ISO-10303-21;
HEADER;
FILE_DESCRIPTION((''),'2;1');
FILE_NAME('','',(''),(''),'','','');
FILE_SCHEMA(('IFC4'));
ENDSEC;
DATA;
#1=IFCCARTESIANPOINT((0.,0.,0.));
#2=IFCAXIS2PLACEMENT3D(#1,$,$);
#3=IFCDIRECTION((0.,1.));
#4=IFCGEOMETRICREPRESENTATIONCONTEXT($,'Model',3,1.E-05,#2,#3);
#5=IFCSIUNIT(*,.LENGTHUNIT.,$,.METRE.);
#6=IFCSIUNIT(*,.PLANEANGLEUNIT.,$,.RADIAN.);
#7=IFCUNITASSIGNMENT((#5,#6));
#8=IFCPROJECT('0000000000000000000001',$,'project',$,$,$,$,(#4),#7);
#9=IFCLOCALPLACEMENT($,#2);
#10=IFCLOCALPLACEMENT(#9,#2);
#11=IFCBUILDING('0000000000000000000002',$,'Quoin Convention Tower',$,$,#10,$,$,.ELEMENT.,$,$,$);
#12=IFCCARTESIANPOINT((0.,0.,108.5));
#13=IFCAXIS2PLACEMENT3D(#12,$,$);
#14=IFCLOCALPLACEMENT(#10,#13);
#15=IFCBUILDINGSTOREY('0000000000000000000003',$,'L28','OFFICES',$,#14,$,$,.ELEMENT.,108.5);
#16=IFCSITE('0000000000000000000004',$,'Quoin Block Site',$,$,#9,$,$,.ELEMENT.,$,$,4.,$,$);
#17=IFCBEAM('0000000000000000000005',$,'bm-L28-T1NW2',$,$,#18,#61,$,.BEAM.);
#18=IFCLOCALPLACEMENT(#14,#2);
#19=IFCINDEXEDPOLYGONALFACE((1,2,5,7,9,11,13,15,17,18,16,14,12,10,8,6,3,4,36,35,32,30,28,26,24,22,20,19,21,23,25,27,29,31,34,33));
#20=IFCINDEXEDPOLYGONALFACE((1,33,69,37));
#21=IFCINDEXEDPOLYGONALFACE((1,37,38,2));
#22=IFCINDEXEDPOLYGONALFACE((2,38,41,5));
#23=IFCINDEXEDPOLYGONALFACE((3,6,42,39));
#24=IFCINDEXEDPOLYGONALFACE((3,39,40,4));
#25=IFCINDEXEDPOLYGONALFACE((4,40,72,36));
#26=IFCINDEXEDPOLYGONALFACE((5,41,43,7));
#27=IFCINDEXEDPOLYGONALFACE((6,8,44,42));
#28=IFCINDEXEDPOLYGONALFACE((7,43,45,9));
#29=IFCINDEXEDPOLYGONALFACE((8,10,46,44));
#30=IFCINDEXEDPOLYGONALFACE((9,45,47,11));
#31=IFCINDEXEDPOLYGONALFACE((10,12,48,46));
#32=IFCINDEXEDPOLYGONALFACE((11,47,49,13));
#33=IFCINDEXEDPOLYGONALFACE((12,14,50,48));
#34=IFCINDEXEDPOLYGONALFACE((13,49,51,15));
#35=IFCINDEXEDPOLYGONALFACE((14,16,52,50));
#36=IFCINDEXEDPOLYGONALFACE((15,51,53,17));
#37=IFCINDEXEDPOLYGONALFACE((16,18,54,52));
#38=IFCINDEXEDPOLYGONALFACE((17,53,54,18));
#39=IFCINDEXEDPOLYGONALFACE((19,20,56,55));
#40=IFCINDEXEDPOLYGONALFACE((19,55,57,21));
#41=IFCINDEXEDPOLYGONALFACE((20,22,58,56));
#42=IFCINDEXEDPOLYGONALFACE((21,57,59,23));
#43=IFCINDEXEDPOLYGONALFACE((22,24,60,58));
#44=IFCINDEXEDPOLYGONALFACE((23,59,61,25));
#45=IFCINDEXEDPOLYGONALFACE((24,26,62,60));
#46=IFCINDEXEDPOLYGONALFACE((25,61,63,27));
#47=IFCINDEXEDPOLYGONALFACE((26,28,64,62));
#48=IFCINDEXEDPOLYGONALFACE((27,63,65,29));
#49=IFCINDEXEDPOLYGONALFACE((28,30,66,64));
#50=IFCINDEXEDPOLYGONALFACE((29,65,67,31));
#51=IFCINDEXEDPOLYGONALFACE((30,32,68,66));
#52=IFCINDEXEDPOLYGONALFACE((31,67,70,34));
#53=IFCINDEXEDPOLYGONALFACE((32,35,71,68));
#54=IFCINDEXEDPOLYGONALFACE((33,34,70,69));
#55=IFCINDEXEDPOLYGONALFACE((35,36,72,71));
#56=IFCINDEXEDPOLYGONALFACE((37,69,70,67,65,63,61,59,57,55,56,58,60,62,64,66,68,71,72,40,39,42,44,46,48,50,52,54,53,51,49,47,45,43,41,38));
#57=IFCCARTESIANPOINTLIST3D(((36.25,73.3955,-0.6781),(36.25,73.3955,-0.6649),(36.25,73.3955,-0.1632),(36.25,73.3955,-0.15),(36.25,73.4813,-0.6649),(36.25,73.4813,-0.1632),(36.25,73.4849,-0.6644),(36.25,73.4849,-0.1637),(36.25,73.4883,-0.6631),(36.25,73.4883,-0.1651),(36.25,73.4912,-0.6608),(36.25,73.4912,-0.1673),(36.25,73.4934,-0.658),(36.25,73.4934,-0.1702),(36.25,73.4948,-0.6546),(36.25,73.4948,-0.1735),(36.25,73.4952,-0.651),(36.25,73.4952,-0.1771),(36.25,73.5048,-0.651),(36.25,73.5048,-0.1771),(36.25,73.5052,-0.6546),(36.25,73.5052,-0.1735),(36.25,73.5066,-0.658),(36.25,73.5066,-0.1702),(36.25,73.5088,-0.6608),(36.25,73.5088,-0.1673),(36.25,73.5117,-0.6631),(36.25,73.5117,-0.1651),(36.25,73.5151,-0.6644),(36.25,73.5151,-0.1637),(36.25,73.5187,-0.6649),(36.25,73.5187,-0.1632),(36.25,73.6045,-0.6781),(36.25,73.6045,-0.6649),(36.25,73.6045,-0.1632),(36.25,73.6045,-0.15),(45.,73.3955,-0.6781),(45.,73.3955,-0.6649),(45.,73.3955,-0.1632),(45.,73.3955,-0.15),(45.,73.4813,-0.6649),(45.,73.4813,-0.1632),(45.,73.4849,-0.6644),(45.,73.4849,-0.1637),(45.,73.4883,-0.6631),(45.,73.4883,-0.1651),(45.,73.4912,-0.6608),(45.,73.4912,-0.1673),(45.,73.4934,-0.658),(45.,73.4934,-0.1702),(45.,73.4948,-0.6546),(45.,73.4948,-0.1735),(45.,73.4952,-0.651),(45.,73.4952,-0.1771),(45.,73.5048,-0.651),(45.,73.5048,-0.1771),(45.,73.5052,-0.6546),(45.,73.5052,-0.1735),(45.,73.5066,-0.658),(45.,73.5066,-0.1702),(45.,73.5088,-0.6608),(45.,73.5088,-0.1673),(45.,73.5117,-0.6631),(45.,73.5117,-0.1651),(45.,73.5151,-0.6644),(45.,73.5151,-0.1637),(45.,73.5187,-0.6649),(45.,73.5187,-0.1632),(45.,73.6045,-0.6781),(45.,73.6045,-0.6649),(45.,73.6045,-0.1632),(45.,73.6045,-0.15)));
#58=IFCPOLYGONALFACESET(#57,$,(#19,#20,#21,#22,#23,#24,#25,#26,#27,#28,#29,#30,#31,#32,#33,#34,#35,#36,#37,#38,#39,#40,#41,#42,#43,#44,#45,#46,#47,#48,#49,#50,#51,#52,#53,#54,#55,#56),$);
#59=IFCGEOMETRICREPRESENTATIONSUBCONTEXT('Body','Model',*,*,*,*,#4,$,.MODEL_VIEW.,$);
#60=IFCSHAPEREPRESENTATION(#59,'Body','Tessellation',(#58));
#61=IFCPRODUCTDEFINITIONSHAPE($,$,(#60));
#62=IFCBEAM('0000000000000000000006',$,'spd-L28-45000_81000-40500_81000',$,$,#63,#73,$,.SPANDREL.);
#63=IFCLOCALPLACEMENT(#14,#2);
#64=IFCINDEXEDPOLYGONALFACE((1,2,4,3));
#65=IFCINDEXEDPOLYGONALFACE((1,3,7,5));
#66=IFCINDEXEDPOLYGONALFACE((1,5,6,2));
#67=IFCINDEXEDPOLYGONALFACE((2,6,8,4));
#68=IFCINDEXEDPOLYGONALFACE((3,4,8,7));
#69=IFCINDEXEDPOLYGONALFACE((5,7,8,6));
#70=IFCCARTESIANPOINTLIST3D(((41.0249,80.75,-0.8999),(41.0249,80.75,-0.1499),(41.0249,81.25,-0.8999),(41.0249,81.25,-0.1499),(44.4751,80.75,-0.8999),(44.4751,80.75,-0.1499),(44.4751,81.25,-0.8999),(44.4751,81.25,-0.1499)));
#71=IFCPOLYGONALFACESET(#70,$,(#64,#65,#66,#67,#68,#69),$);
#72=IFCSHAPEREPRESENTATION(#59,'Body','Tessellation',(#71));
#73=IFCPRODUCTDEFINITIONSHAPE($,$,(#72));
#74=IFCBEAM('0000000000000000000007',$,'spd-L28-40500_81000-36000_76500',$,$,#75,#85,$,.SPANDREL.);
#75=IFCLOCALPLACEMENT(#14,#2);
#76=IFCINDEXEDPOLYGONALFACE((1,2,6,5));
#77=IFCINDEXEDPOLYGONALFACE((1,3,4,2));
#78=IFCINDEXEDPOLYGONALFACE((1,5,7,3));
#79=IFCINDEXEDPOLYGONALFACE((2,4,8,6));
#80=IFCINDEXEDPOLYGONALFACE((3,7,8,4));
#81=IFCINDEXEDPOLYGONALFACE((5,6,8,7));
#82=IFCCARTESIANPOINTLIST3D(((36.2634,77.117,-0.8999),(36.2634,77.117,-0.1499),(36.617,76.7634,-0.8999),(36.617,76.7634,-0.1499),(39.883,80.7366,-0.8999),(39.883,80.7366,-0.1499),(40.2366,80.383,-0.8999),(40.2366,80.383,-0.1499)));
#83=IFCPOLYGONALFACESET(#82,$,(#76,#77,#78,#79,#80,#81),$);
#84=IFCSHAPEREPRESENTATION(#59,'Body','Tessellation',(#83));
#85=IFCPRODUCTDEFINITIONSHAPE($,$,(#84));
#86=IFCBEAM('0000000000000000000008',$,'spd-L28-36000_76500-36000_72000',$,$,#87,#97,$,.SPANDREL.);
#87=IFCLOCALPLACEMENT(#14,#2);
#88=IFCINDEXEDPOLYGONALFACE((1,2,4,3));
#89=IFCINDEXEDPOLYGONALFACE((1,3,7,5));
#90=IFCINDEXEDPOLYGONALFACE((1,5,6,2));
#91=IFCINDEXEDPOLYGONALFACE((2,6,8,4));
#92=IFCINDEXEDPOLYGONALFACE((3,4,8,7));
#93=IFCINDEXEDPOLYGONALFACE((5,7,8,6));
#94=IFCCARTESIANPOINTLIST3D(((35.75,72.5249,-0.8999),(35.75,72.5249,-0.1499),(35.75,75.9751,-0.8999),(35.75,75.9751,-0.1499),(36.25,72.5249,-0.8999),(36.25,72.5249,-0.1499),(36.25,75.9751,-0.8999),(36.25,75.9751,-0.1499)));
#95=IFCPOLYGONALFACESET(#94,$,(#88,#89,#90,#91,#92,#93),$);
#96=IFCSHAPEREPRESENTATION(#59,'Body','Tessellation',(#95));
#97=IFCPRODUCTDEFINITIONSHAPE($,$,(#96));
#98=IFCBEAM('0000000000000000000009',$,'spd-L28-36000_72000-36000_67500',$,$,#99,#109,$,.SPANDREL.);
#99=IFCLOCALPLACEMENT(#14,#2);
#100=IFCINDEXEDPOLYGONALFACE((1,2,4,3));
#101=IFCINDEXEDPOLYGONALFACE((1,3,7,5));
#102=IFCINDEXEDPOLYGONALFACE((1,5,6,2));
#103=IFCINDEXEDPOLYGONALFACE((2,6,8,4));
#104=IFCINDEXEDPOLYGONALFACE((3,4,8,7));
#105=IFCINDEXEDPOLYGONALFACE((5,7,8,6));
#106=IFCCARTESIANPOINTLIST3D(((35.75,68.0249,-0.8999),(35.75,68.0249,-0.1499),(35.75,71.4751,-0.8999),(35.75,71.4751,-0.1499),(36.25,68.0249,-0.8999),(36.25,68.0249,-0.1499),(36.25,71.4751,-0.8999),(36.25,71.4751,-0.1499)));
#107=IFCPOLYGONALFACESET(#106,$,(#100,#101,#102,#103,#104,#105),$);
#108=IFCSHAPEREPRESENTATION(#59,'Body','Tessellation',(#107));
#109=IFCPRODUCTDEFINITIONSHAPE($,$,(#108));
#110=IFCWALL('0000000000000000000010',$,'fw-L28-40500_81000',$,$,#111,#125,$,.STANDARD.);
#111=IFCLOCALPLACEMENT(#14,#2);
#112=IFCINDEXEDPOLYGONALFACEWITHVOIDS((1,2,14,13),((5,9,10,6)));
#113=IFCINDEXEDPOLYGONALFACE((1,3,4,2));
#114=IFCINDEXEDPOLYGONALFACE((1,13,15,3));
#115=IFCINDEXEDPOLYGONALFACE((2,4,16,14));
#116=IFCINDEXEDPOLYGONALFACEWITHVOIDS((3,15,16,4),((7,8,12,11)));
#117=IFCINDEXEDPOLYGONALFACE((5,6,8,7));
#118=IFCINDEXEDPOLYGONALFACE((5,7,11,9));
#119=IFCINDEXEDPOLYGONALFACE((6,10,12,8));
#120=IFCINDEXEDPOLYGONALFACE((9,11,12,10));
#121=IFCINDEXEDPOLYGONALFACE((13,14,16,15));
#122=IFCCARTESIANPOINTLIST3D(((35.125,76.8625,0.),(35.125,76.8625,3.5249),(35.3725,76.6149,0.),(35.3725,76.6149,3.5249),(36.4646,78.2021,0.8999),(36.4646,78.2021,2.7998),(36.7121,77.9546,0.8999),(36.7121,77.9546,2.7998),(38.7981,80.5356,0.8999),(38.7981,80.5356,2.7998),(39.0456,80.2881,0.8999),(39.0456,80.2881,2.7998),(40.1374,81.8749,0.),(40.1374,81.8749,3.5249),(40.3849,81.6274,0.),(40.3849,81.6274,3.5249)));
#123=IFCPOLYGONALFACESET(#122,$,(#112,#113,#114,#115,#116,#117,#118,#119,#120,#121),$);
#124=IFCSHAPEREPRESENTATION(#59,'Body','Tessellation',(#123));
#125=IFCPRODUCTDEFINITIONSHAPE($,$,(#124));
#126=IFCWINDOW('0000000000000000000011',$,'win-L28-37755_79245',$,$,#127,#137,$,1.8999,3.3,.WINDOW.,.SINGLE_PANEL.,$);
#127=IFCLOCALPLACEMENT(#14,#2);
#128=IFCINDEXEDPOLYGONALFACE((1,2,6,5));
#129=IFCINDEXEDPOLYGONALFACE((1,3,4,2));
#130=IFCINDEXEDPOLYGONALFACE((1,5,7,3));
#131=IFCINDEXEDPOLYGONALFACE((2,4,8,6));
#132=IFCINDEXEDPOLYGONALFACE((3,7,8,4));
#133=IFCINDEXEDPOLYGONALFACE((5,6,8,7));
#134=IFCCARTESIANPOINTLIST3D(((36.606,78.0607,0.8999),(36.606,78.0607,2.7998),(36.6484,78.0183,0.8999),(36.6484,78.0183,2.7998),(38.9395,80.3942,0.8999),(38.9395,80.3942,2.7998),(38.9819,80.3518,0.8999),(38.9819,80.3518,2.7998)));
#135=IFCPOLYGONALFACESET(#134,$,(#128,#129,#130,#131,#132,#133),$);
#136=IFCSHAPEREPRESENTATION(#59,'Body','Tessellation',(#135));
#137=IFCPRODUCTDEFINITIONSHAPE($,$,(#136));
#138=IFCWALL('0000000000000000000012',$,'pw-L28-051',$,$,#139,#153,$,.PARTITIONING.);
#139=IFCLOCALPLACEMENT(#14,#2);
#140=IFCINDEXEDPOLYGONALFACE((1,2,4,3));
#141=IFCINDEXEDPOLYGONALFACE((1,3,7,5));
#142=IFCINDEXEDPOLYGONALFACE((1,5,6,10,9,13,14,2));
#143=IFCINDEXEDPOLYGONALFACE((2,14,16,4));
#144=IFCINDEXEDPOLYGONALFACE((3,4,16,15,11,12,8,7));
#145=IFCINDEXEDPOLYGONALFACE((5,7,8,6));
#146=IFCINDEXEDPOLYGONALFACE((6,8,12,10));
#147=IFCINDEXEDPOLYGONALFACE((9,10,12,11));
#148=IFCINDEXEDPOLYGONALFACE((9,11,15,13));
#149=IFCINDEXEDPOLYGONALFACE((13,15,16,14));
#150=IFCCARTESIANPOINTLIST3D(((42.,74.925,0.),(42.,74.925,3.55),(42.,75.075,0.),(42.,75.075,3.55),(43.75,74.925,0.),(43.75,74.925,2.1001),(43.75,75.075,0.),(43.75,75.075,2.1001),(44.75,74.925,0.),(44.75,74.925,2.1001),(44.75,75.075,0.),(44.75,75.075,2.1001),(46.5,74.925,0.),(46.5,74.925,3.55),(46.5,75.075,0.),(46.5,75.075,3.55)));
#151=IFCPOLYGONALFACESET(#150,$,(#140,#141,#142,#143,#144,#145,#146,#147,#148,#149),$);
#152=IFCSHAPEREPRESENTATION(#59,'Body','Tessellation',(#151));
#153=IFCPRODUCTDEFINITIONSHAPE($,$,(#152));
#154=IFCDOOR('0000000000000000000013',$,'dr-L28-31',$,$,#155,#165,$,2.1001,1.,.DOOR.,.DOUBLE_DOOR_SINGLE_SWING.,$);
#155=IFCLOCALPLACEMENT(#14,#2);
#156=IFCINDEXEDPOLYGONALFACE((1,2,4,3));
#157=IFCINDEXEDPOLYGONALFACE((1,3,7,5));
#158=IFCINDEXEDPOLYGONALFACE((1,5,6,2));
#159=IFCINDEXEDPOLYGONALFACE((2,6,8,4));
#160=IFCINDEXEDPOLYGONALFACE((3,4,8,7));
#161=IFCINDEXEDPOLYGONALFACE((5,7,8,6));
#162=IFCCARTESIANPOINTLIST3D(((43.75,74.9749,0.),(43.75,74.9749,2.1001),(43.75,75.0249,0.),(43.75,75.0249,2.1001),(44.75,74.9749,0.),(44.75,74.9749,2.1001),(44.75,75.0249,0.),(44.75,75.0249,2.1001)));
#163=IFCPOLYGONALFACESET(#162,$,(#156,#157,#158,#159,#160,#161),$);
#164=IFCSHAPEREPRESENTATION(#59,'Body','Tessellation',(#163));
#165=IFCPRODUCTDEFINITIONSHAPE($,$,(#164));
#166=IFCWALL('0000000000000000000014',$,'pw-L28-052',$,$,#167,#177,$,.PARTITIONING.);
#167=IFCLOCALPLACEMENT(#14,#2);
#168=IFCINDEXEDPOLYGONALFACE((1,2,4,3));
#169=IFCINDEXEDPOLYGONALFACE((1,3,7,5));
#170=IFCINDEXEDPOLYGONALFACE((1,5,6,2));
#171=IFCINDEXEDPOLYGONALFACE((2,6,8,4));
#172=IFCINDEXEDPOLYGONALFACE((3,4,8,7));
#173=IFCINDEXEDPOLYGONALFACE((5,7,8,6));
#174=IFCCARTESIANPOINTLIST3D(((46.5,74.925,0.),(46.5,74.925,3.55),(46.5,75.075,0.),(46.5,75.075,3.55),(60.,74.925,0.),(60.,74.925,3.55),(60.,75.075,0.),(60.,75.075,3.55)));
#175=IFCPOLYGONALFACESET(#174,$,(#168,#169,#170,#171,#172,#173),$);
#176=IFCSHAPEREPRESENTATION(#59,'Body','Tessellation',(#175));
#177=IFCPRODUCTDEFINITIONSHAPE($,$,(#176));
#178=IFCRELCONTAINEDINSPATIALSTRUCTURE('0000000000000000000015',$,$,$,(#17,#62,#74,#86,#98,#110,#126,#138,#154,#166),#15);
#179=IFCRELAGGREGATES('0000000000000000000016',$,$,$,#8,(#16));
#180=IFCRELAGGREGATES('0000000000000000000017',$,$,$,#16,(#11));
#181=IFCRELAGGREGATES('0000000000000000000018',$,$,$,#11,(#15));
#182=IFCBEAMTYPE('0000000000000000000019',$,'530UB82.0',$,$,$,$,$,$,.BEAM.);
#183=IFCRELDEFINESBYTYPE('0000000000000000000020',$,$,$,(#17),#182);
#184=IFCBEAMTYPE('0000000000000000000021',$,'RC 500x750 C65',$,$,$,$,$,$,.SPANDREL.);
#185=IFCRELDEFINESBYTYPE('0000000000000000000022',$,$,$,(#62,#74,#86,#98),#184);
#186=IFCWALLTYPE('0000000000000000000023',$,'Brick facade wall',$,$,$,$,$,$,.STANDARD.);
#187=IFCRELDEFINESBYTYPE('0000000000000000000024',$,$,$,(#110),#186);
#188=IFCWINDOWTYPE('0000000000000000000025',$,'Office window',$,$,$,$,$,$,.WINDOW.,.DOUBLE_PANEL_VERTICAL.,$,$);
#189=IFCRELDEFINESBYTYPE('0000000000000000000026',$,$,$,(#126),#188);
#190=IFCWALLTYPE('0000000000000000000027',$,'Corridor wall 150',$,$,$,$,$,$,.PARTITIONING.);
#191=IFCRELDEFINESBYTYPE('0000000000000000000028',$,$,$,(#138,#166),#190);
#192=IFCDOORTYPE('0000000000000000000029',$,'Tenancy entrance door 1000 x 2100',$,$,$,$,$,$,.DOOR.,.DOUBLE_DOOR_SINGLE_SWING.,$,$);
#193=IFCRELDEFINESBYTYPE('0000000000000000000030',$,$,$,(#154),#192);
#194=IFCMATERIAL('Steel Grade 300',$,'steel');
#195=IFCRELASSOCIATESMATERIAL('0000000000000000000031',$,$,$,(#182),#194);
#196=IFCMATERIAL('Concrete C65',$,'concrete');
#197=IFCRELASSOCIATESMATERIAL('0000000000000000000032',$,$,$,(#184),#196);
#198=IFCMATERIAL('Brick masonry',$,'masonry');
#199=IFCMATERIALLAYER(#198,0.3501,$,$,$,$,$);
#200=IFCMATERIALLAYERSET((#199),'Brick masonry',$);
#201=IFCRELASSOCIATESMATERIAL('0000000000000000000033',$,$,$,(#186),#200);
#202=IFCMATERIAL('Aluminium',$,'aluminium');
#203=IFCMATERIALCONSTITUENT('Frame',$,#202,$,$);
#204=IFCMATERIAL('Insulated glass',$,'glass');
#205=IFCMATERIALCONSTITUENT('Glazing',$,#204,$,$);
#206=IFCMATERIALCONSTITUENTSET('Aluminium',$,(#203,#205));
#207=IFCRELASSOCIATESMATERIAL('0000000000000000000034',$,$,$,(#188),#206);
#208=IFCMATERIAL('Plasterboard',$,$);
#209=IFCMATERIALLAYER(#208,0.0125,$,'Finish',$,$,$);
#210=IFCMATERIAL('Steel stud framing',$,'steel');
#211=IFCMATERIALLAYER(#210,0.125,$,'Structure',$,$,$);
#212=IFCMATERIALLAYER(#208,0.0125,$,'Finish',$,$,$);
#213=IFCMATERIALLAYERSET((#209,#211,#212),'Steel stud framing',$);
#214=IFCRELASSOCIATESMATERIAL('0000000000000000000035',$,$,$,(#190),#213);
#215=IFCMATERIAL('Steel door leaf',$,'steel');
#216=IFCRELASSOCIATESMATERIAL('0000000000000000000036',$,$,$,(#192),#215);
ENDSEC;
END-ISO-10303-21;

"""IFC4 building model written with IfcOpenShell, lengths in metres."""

from ifc_helpers import new_model, si_unit, direction, frame, frame_2d, origin, origin_2d, place, context, subcontext, project, spatial, rectangle, i_section, extrude, material, layer, layer_set, constituent, constituent_set, material_profile, profile_set, type_object, element, fill, save


model = new_model("IFC4")

# Units and contexts
model_context = context("Model", 3, precision=1e-05, world=origin(), true_north=direction((0.0, 1.0)))
body_context = subcontext(model_context, "Body", "Model", "MODEL_VIEW")
ifc_project = project(units=[si_unit("LENGTHUNIT", "METRE"), si_unit("PLANEANGLEUNIT", "RADIAN")], contexts=[model_context])

# Site, building, storey
site_placement = place(None, origin())
site = spatial("IfcSite", under=ifc_project, at=site_placement, Name="Quoin Block Site", CompositionType="ELEMENT", RefElevation=4.0)
building_placement = place(site_placement, origin())
building = spatial("IfcBuilding", under=site, at=building_placement, Name="Quoin Convention Tower", CompositionType="ELEMENT")
storey_placement = place(building_placement, frame((0.0, 0.0, 108.5)))
storey = spatial("IfcBuildingStorey", under=building, at=storey_placement, Name="L28", Description="OFFICES", CompositionType="ELEMENT", Elevation=108.5)

# Shared definitions
ifc_material_1 = material(Name="Concrete C65", Category="concrete")

# Beams
ifc_material_2 = material(Name="Steel Grade 300", Category="steel")
ifc_material_profile_1 = material_profile(ifc_material_2, i_section(OverallWidth=0.209, OverallDepth=0.5281, WebThickness=0.0095, FlangeThickness=0.0132, FilletRadius=0.0139, at=origin_2d()), Name="530UB82.0")
ifc_profile_set_1 = profile_set([ifc_material_profile_1], Name="Steel Grade 300")
beam_type_1 = type_object("IfcBeamType", Name="530UB82.0", PredefinedType="BEAM", material=ifc_profile_set_1)
beam_1_placement = place(storey_placement, frame((36.25, 73.5, -0.4141), z_axis=(1.0, 0.0, 0.0), x_axis=(0.0, 1.0, 0.0)))
element("IfcBeam", 1, at=beam_1_placement, inside=storey, type_object=beam_type_1, Name="bm-L28-T1NW2", PredefinedType="BEAM", context=body_context, shape_type="SweptSolid", body=[
    extrude(i_section(OverallWidth=0.209, OverallDepth=0.5281, WebThickness=0.0095, FlangeThickness=0.0132, FilletRadius=0.0139, at=origin_2d()), origin(), (0.0, 0.0, 1.0), 8.75),
])
ifc_material_profile_2 = material_profile(ifc_material_1, rectangle(XDim=0.5, YDim=0.75, at=origin_2d()), Name="RC 500x750")
ifc_profile_set_2 = profile_set([ifc_material_profile_2], Name="Concrete C65")
beam_type_2 = type_object("IfcBeamType", Name="RC 500x750 C65", PredefinedType="SPANDREL", material=ifc_profile_set_2)
beam_2_placement = place(storey_placement, frame((44.4751, 81.0, -0.5249), z_axis=(-1.0, 0.0, 0.0), x_axis=(0.0, -1.0, 0.0)))
element("IfcBeam", 2, at=beam_2_placement, inside=storey, type_object=beam_type_2, Name="spd-L28-45000_81000-40500_81000", PredefinedType="SPANDREL", context=body_context, shape_type="SweptSolid", body=[
    extrude(rectangle(XDim=0.5, YDim=0.75, at=origin_2d()), origin(), (0.0, 0.0, 1.0), 3.4502),
])
beam_3_placement = place(storey_placement, frame((40.0598, 80.5598, -0.5249), z_axis=(-0.707107, -0.707107, 0.0), x_axis=(0.707107, -0.707107, 0.0)))
element("IfcBeam", 3, at=beam_3_placement, inside=storey, type_object=beam_type_2, Name="spd-L28-40500_81000-36000_76500", PredefinedType="SPANDREL", context=body_context, shape_type="SweptSolid", body=[
    extrude(rectangle(XDim=0.5, YDim=0.75, at=origin_2d()), origin(), (0.0, 0.0, 1.0), 5.1189),
])
for number, where, z_axis, x_axis, name in (
    (4, (36.0, 75.9751, -0.5249), (0.0, -1.0, 0.0), (1.0, 0.0, 0.0), "spd-L28-36000_76500-36000_72000"),
    (5, (36.0, 71.4751, -0.5249), (0.0, -1.0, 0.0), (1.0, 0.0, 0.0), "spd-L28-36000_72000-36000_67500"),
):
    element("IfcBeam", number, at=place(storey_placement, frame(where, z_axis=z_axis, x_axis=x_axis)), inside=storey, type_object=beam_type_2, Name=name, PredefinedType="SPANDREL", context=body_context, shape_type="SweptSolid", body=[
        extrude(rectangle(XDim=0.5, YDim=0.75, at=origin_2d()), origin(), (0.0, 0.0, 1.0), 3.4502),
    ])

# Wall, opening, window
ifc_material_3 = material(Name="Brick masonry", Category="masonry")
ifc_layer_1 = layer(ifc_material_3, 0.3501)
ifc_layer_set_1 = layer_set([ifc_layer_1], Name="Brick masonry")
wall_type_1 = type_object("IfcWallType", Name="Brick facade wall", PredefinedType="STANDARD", material=ifc_layer_set_1)
wall_1_placement = place(storey_placement, frame((40.2612, 81.7512, 0.0), z_axis=(0.0, 0.0, 1.0), x_axis=(-0.707107, -0.707107, 0.0)))
wall_1 = element("IfcWall", 6, at=wall_1_placement, inside=storey, type_object=wall_type_1, Name="fw-L28-40500_81000", PredefinedType="STANDARD", context=body_context, shape_type="SweptSolid", body=[
    extrude(rectangle(XDim=7.0886, YDim=0.3501, at=frame_2d((3.5444, 0.0))), origin(), (0.0, 0.0, 1.0), 3.5249),
])
opening_1_placement = place(wall_1_placement, frame((1.8943, 0.0, 0.8999)))
opening_1 = element("IfcOpeningElement", 7, at=opening_1_placement, cuts=wall_1, PredefinedType="OPENING", context=body_context, shape_type="SweptSolid", body=[
    extrude(rectangle(XDim=3.3, YDim=1.8999, at=frame_2d((1.6499, 0.95))), frame((0.0, 0.1851, 0.0), z_axis=(0.0, -1.0, 0.0), x_axis=(1.0, 0.0, 0.0)), (0.0, 0.0, 1.0), 0.3701),
])
ifc_material_4 = material(Name="Aluminium", Category="aluminium")
ifc_constituent_1 = constituent(ifc_material_4, Name="Frame")
ifc_material_5 = material(Name="Insulated glass", Category="glass")
ifc_constituent_2 = constituent(ifc_material_5, Name="Glazing")
ifc_constituent_set = constituent_set(constituents=[ifc_constituent_1, ifc_constituent_2], Name="Aluminium")
window_type = type_object("IfcWindowType", Name="Office window", PartitioningType="DOUBLE_PANEL_VERTICAL", PredefinedType="WINDOW", material=ifc_constituent_set)
window_placement = place(opening_1_placement, origin())
window = element("IfcWindow", 8, at=window_placement, inside=storey, type_object=window_type, Name="win-L28-37755_79245", OverallHeight=1.8999, OverallWidth=3.3, PartitioningType="SINGLE_PANEL", PredefinedType="WINDOW", context=body_context, shape_type="SweptSolid", body=[
    extrude(rectangle(XDim=3.3, YDim=1.8999, at=frame_2d((1.6499, 0.95))), frame((0.0, 0.085, 0.0), z_axis=(0.0, -1.0, 0.0), x_axis=(1.0, 0.0, 0.0)), (0.0, 0.0, 1.0), 0.0601),
])
fill(opening_1, window)

# Wall, opening, door
ifc_material_6 = material(Name="Plasterboard")
ifc_layer_2 = layer(ifc_material_6, 0.0125, Name="Finish")
ifc_material_7 = material(Name="Steel stud framing", Category="steel")
ifc_layer_3 = layer(ifc_material_7, 0.125, Name="Structure")
ifc_layer_4 = layer(ifc_material_6, 0.0125, Name="Finish")
ifc_layer_set_2 = layer_set([ifc_layer_2, ifc_layer_3, ifc_layer_4], Name="Steel stud framing")
wall_type_2 = type_object("IfcWallType", Name="Corridor wall 150", PredefinedType="PARTITIONING", material=ifc_layer_set_2)
wall_2_placement = place(storey_placement, frame((42.0, 75.0, 0.0), z_axis=(0.0, 0.0, 1.0), x_axis=(1.0, 0.0, 0.0)))
wall_2 = element("IfcWall", 9, at=wall_2_placement, inside=storey, type_object=wall_type_2, Name="pw-L28-051", PredefinedType="PARTITIONING", context=body_context, shape_type="SweptSolid", body=[
    extrude(rectangle(XDim=4.5, YDim=0.1499, at=frame_2d((2.25, 0.0))), origin(), (0.0, 0.0, 1.0), 3.55),
])
opening_2_placement = place(wall_2_placement, frame((1.75, 0.0, 0.0)))
opening_2 = element("IfcOpeningElement", 10, at=opening_2_placement, cuts=wall_2, PredefinedType="OPENING", context=body_context, shape_type="SweptSolid", body=[
    extrude(rectangle(XDim=1.0, YDim=2.1001, at=frame_2d((0.5, 1.05))), frame((0.0, 0.085, 0.0), z_axis=(0.0, -1.0, 0.0), x_axis=(1.0, 0.0, 0.0)), (0.0, 0.0, 1.0), 0.1699),
])
ifc_material_8 = material(Name="Steel door leaf", Category="steel")
door_type_1 = type_object("IfcDoorType", Name="Tenancy entrance door 1000 x 2100", OperationType="DOUBLE_DOOR_SINGLE_SWING", PredefinedType="DOOR", material=ifc_material_8)
door_1_placement = place(opening_2_placement, origin())
door_1 = element("IfcDoor", 11, at=door_1_placement, inside=storey, type_object=door_type_1, Name="dr-L28-31", OperationType="DOUBLE_DOOR_SINGLE_SWING", OverallHeight=2.1001, OverallWidth=1.0, PredefinedType="DOOR", context=body_context, shape_type="SweptSolid", body=[
    extrude(rectangle(XDim=1.0, YDim=2.1001, at=frame_2d((0.5, 1.05))), frame((0.0, 0.0249, 0.0), z_axis=(0.0, -1.0, 0.0), x_axis=(1.0, 0.0, 0.0)), (0.0, 0.0, 1.0), 0.05),
])
fill(opening_2, door_1)

# Wall
wall_3_placement = place(storey_placement, frame((46.5, 75.0, 0.0), z_axis=(0.0, 0.0, 1.0), x_axis=(1.0, 0.0, 0.0)))
element("IfcWall", 12, at=wall_3_placement, inside=storey, type_object=wall_type_2, Name="pw-L28-052", PredefinedType="PARTITIONING", context=body_context, shape_type="SweptSolid", body=[
    extrude(rectangle(XDim=13.5, YDim=0.1499, at=frame_2d((6.75, 0.0))), origin(), (0.0, 0.0, 1.0), 3.55),
])

save(model, "model.ifc")
